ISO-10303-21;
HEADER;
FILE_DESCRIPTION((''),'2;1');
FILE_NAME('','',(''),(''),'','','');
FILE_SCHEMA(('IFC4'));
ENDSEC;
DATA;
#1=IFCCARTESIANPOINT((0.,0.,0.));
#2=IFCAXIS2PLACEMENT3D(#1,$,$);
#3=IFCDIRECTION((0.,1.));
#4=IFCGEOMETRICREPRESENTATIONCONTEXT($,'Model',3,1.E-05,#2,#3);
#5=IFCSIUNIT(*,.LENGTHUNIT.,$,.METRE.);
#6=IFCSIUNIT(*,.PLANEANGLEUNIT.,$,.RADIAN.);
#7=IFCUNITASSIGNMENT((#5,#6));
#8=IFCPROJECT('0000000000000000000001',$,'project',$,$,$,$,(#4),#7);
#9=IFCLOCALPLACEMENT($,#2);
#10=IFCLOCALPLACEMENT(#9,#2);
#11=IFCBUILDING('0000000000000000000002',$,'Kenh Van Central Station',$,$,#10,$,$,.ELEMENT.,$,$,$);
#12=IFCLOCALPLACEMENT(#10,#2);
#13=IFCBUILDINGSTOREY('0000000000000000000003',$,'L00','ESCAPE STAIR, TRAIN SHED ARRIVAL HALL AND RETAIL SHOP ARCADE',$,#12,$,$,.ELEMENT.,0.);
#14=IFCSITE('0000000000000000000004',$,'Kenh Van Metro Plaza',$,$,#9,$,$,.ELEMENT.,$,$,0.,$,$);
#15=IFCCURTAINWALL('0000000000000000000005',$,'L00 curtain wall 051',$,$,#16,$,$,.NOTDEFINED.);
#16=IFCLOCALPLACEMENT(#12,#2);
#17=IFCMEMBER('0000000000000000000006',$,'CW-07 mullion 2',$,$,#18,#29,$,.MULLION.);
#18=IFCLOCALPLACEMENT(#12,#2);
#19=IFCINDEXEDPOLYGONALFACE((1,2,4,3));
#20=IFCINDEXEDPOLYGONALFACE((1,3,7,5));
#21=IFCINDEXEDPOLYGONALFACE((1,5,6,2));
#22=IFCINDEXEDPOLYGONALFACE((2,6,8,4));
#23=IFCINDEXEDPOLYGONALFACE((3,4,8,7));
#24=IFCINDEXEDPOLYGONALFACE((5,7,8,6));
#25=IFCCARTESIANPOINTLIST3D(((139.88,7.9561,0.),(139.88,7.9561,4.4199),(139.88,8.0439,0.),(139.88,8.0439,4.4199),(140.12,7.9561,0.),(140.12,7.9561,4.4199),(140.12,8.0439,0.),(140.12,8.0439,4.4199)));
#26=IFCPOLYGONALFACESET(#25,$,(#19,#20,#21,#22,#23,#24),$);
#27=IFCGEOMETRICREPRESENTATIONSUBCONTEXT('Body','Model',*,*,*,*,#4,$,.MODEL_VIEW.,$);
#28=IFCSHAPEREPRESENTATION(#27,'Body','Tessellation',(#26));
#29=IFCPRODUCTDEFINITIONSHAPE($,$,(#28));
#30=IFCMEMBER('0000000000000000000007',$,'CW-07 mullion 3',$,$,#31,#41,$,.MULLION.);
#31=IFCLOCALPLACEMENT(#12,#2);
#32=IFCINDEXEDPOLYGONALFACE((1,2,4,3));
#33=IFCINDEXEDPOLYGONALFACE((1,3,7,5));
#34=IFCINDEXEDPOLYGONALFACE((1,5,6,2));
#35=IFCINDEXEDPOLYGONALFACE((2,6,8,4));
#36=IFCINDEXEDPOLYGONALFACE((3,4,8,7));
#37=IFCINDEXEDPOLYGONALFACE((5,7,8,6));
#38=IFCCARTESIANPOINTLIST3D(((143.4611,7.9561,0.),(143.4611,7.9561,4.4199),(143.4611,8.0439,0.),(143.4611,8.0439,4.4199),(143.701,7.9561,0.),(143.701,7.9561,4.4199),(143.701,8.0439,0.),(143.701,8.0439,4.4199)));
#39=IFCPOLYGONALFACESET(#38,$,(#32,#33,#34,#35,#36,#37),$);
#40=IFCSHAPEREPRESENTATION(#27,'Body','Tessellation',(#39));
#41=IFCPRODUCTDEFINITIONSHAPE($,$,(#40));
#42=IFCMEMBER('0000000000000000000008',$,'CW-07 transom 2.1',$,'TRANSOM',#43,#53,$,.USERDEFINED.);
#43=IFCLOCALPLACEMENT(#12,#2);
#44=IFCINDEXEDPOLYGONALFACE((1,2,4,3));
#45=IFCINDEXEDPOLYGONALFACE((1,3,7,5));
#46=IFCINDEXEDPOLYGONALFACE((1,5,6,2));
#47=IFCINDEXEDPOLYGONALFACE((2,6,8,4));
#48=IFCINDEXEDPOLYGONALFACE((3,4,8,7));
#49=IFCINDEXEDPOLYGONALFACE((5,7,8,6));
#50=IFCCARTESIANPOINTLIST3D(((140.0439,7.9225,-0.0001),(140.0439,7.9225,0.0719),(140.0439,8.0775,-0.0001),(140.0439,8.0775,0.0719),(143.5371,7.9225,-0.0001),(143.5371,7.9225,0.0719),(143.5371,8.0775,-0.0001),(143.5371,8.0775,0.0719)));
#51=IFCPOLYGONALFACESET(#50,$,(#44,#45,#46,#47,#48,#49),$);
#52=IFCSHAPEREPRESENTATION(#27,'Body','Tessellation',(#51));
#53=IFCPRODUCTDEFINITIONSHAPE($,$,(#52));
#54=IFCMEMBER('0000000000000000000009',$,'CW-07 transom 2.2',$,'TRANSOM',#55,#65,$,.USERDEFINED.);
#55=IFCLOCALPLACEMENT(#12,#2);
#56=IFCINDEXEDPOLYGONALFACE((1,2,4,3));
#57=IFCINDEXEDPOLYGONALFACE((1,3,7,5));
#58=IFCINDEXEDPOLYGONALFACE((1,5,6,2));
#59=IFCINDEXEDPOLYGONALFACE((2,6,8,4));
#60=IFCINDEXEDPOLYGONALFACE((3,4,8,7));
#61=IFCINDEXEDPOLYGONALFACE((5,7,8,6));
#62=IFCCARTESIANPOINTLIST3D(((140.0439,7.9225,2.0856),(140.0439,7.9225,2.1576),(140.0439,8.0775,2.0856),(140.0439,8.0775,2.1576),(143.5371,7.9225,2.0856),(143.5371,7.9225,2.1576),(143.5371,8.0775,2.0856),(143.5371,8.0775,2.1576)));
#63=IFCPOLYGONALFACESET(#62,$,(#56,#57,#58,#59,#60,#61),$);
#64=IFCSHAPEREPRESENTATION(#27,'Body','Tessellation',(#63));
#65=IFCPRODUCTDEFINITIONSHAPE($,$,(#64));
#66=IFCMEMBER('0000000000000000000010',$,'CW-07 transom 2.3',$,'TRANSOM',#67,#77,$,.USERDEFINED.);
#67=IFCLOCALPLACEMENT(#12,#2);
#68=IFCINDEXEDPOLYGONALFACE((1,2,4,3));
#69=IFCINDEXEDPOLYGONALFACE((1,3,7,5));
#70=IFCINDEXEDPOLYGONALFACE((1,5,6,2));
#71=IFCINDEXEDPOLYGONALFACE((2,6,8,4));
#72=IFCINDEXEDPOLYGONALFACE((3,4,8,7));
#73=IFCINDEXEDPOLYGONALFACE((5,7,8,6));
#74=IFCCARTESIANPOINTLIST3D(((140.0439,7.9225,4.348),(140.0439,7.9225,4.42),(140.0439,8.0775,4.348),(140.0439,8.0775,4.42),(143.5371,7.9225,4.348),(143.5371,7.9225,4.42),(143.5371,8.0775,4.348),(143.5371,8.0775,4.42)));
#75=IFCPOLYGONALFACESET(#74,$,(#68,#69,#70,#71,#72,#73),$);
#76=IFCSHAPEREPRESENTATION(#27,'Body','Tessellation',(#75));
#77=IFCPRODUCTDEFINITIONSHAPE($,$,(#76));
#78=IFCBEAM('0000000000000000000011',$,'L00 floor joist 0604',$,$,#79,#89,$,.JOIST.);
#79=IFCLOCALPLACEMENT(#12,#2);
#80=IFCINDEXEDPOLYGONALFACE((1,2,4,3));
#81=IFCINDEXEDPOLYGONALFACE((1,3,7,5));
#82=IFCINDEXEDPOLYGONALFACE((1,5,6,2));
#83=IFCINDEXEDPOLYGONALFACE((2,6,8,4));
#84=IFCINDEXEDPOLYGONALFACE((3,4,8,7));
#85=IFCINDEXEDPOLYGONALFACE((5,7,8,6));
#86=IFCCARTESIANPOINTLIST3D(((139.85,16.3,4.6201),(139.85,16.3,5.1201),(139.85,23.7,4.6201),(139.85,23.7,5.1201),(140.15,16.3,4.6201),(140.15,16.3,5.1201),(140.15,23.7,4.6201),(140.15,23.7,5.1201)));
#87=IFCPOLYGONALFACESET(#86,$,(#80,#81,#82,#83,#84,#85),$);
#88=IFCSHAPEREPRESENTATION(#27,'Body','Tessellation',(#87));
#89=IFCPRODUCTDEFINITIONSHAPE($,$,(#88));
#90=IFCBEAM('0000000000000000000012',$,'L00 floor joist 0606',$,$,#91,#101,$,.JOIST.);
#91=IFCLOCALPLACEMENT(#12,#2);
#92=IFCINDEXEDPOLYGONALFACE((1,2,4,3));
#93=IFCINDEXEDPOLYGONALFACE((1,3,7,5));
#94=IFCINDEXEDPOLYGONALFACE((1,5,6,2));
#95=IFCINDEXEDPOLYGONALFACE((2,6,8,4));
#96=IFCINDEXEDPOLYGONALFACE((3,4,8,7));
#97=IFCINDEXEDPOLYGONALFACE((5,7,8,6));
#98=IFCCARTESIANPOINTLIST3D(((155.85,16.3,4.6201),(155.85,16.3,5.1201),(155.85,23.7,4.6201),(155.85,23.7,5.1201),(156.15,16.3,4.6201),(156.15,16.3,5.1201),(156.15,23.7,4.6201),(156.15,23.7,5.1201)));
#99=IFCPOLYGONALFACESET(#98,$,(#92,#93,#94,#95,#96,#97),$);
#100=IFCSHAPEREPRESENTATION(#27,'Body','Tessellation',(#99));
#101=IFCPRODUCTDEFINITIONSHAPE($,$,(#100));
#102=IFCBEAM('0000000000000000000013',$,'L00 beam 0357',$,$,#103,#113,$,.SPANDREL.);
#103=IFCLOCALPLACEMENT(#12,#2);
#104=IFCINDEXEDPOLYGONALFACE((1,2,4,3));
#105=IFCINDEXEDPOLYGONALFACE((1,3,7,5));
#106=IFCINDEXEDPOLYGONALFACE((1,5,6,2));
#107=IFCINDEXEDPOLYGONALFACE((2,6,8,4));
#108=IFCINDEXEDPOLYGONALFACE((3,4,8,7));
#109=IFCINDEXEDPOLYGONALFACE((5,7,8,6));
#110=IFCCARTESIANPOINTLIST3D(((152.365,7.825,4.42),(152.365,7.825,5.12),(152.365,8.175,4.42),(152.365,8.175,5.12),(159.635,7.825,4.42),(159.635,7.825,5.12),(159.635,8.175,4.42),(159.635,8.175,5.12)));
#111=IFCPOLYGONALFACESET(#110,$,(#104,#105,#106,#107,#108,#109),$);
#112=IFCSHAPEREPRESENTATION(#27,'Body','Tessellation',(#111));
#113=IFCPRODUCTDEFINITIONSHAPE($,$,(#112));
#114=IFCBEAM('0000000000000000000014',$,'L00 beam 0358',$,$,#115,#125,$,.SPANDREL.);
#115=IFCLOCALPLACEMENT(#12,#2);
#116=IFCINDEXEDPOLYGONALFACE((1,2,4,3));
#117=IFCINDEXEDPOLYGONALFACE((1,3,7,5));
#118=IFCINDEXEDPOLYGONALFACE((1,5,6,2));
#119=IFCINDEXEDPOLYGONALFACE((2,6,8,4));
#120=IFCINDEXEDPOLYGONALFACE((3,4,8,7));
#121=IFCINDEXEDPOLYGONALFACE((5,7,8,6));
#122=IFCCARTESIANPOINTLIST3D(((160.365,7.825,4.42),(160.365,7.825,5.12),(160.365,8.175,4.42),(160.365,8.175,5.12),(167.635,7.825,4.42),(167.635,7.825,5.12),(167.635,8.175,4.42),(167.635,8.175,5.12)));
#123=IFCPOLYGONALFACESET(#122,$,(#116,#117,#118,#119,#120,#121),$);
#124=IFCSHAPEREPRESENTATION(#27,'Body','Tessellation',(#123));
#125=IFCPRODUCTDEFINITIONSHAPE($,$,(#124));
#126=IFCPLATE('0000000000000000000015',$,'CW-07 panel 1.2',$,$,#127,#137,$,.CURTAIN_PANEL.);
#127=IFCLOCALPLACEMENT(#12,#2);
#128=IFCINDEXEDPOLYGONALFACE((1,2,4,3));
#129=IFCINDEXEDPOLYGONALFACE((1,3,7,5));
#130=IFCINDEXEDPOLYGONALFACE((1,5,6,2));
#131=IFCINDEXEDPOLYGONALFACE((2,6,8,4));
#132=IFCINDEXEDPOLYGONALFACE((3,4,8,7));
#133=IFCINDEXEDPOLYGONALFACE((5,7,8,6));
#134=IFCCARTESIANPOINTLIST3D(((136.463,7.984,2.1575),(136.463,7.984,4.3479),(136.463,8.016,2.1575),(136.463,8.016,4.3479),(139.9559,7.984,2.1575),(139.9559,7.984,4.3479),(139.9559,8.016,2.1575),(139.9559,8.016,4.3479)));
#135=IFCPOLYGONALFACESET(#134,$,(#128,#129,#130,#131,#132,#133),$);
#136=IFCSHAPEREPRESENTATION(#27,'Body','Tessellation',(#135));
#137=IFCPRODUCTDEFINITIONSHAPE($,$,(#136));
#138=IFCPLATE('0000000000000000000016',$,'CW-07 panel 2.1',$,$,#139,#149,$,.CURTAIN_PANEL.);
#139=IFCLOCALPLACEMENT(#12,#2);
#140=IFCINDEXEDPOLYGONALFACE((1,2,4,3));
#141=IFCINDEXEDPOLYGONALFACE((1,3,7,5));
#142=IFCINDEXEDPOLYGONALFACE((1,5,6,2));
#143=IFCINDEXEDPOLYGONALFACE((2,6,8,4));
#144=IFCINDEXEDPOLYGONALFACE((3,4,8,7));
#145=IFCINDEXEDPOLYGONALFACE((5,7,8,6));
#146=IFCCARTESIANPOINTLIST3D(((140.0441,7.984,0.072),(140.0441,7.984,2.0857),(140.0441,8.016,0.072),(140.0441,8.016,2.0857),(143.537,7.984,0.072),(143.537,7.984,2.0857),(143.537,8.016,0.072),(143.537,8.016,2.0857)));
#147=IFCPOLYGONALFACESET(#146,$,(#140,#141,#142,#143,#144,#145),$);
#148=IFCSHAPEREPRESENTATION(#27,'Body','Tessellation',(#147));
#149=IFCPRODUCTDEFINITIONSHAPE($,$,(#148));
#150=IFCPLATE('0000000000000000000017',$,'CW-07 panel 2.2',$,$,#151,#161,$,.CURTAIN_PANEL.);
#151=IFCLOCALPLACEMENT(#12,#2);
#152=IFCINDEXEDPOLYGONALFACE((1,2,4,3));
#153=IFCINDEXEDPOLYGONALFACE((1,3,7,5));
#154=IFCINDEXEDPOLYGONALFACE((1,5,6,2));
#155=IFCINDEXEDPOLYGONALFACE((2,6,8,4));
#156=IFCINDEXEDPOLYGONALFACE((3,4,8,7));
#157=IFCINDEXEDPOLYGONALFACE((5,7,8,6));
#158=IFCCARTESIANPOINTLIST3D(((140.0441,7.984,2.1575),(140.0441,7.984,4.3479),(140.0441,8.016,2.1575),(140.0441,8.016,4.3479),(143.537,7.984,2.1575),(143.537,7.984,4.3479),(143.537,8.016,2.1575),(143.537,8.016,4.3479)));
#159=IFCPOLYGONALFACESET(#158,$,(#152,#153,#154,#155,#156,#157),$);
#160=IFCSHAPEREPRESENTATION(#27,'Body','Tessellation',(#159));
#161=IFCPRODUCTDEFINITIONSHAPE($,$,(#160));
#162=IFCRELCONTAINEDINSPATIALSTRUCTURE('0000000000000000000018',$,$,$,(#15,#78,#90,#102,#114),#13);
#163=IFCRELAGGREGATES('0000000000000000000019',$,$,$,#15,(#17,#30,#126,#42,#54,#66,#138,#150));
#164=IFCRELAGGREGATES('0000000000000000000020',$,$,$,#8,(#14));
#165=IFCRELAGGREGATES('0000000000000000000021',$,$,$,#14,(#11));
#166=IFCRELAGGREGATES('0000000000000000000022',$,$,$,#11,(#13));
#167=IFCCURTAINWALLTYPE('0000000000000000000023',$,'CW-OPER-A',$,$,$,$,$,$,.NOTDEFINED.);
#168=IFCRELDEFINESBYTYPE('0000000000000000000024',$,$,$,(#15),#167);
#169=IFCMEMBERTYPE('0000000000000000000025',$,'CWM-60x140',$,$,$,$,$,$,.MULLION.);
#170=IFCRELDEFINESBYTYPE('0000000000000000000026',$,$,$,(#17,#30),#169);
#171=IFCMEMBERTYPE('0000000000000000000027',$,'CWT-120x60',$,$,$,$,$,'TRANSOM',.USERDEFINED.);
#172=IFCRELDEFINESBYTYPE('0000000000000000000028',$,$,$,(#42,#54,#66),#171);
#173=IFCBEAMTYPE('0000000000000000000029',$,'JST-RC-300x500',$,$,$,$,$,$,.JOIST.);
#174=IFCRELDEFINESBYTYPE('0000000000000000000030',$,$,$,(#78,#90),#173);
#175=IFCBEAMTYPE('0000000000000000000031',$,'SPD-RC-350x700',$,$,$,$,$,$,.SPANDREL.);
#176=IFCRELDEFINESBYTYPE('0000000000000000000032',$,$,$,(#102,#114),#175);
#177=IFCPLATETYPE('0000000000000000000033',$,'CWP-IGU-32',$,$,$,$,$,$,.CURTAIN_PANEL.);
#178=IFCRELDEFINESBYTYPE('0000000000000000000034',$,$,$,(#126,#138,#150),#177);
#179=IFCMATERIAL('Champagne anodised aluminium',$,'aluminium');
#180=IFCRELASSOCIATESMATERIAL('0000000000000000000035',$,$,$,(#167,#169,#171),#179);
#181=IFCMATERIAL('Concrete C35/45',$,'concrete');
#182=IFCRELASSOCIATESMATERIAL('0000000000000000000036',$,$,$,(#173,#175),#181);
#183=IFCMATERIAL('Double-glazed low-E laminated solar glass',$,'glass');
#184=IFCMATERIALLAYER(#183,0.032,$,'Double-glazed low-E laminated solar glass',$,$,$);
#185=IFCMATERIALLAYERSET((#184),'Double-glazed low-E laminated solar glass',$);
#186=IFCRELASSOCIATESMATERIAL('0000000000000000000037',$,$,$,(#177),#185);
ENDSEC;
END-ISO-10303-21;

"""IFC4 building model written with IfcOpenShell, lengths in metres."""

from ifc_helpers import new_model, si_unit, direction, frame, origin, origin_2d, place, context, subcontext, project, spatial, rectangle, extrude, material, layer, layer_set, material_profile, profile_set, type_object, element, aggregate, save


model = new_model("IFC4")

# Units and contexts
model_context = context("Model", 3, precision=1e-05, world=origin(), true_north=direction((0.0, 1.0)))
body_context = subcontext(model_context, "Body", "Model", "MODEL_VIEW")
ifc_project = project(units=[si_unit("LENGTHUNIT", "METRE"), si_unit("PLANEANGLEUNIT", "RADIAN")], contexts=[model_context])

# Site, building, storey
site_placement = place(None, origin())
site = spatial("IfcSite", under=ifc_project, at=site_placement, Name="Kenh Van Metro Plaza", CompositionType="ELEMENT", RefElevation=0.0)
building_placement = place(site_placement, origin())
building = spatial("IfcBuilding", under=site, at=building_placement, Name="Kenh Van Central Station", CompositionType="ELEMENT")
storey_placement = place(building_placement, origin())
storey = spatial("IfcBuildingStorey", under=building, at=storey_placement, Name="L00", Description="ESCAPE STAIR, TRAIN SHED ARRIVAL HALL AND RETAIL SHOP ARCADE", CompositionType="ELEMENT", Elevation=0.0)

# Shared definitions
ifc_material_1 = material(Name="Concrete C35/45", Category="concrete")

# Curtain wall, members
ifc_material_2 = material(Name="Champagne anodised aluminium", Category="aluminium")
curtain_wall_type = type_object("IfcCurtainWallType", Name="CW-OPER-A", PredefinedType="NOTDEFINED", material=ifc_material_2)
curtain_wall_placement = place(storey_placement, origin())
curtain_wall = element("IfcCurtainWall", 1, at=curtain_wall_placement, inside=storey, type_object=curtain_wall_type, Name="L00 curtain wall 051", PredefinedType="NOTDEFINED")
ifc_material_profile_1 = material_profile(ifc_material_2, rectangle(XDim=0.0879, YDim=0.24, at=origin_2d()), Name="AL 88x240")
ifc_profile_set_1 = profile_set([ifc_material_profile_1], Name="Champagne anodised aluminium")
member_type_1 = type_object("IfcMemberType", Name="CWM-60x140", PredefinedType="MULLION", material=ifc_profile_set_1)
member_1_placement = place(storey_placement, frame((140.0, 8.0, 0.0), z_axis=(0.0, 0.0, 1.0), x_axis=(0.0, 1.0, 0.0)))
member_1 = element("IfcMember", 2, at=member_1_placement, type_object=member_type_1, Name="CW-07 mullion 2", PredefinedType="MULLION", context=body_context, shape_type="SweptSolid", body=[
    extrude(rectangle(XDim=0.0879, YDim=0.24, at=origin_2d()), origin(), (0.0, 0.0, 1.0), 4.4199),
])
member_2_placement = place(storey_placement, frame((143.5811, 8.0, 0.0), z_axis=(0.0, 0.0, 1.0), x_axis=(0.0, 1.0, 0.0)))
member_2 = element("IfcMember", 3, at=member_2_placement, type_object=member_type_1, Name="CW-07 mullion 3", PredefinedType="MULLION", context=body_context, shape_type="SweptSolid", body=[
    extrude(rectangle(XDim=0.0879, YDim=0.24, at=origin_2d()), origin(), (0.0, 0.0, 1.0), 4.4199),
])
ifc_material_profile_2 = material_profile(ifc_material_2, rectangle(XDim=0.155, YDim=0.072, at=origin_2d()), Name="AL 155x72")
ifc_profile_set_2 = profile_set([ifc_material_profile_2], Name="Champagne anodised aluminium")
member_type_2 = type_object("IfcMemberType", Name="CWT-120x60", ElementType="TRANSOM", PredefinedType="USERDEFINED", material=ifc_profile_set_2)
member_3_placement = place(storey_placement, frame((140.0439, 8.0, 0.0359), z_axis=(1.0, 0.0, 0.0), x_axis=(0.0, 1.0, 0.0)))
member_3 = element("IfcMember", 4, at=member_3_placement, type_object=member_type_2, Name="CW-07 transom 2.1", ObjectType="TRANSOM", PredefinedType="USERDEFINED", context=body_context, shape_type="SweptSolid", body=[
    extrude(rectangle(XDim=0.155, YDim=0.072, at=origin_2d()), origin(), (0.0, 0.0, 1.0), 3.4932),
])
member_4_placement = place(storey_placement, frame((140.0439, 8.0, 2.1216), z_axis=(1.0, 0.0, 0.0), x_axis=(0.0, 1.0, 0.0)))
member_4 = element("IfcMember", 5, at=member_4_placement, type_object=member_type_2, Name="CW-07 transom 2.2", ObjectType="TRANSOM", PredefinedType="USERDEFINED", context=body_context, shape_type="SweptSolid", body=[
    extrude(rectangle(XDim=0.155, YDim=0.072, at=origin_2d()), origin(), (0.0, 0.0, 1.0), 3.4932),
])
member_5_placement = place(storey_placement, frame((140.0439, 8.0, 4.384), z_axis=(1.0, 0.0, 0.0), x_axis=(0.0, 1.0, 0.0)))
member_5 = element("IfcMember", 6, at=member_5_placement, type_object=member_type_2, Name="CW-07 transom 2.3", ObjectType="TRANSOM", PredefinedType="USERDEFINED", context=body_context, shape_type="SweptSolid", body=[
    extrude(rectangle(XDim=0.155, YDim=0.072, at=origin_2d()), origin(), (0.0, 0.0, 1.0), 3.4932),
])

# Beams
ifc_material_profile_3 = material_profile(ifc_material_1, rectangle(XDim=0.3, YDim=0.5, at=origin_2d()), Name="RC 300x500")
ifc_profile_set_3 = profile_set([ifc_material_profile_3], Name="Concrete C35/45")
beam_type_1 = type_object("IfcBeamType", Name="JST-RC-300x500", PredefinedType="JOIST", material=ifc_profile_set_3)
for number, where, z_axis, x_axis, name in (
    (7, (140.0, 16.3, 4.8701), (0.0, 1.0, 0.0), (-1.0, 0.0, 0.0), "L00 floor joist 0604"),
    (8, (156.0, 16.3, 4.8701), (0.0, 1.0, 0.0), (-1.0, 0.0, 0.0), "L00 floor joist 0606"),
):
    element("IfcBeam", number, at=place(storey_placement, frame(where, z_axis=z_axis, x_axis=x_axis)), inside=storey, type_object=beam_type_1, Name=name, PredefinedType="JOIST", context=body_context, shape_type="SweptSolid", body=[
        extrude(rectangle(XDim=0.3, YDim=0.5, at=origin_2d()), origin(), (0.0, 0.0, 1.0), 7.3999),
    ])
ifc_material_profile_4 = material_profile(ifc_material_1, rectangle(XDim=0.3501, YDim=0.7, at=origin_2d()), Name="RC 350x700")
ifc_profile_set_4 = profile_set([ifc_material_profile_4], Name="Concrete C35/45")
beam_type_2 = type_object("IfcBeamType", Name="SPD-RC-350x700", PredefinedType="SPANDREL", material=ifc_profile_set_4)
for number, where, z_axis, x_axis, name in (
    (9, (152.365, 8.0, 4.77), (1.0, 0.0, 0.0), (0.0, 1.0, 0.0), "L00 beam 0357"),
    (10, (160.365, 8.0, 4.77), (1.0, 0.0, 0.0), (0.0, 1.0, 0.0), "L00 beam 0358"),
):
    element("IfcBeam", number, at=place(storey_placement, frame(where, z_axis=z_axis, x_axis=x_axis)), inside=storey, type_object=beam_type_2, Name=name, PredefinedType="SPANDREL", context=body_context, shape_type="SweptSolid", body=[
        extrude(rectangle(XDim=0.3501, YDim=0.7, at=origin_2d()), origin(), (0.0, 0.0, 1.0), 7.27),
    ])

# Plates
ifc_material_3 = material(Name="Double-glazed low-E laminated solar glass", Category="glass")
ifc_layer_1 = layer(ifc_material_3, 0.032, Name="Double-glazed low-E laminated solar glass")
ifc_layer_set_1 = layer_set([ifc_layer_1], Name="Double-glazed low-E laminated solar glass")
plate_type = type_object("IfcPlateType", Name="CWP-IGU-32", PredefinedType="CURTAIN_PANEL", material=ifc_layer_set_1)
plate_1_placement = place(storey_placement, frame((138.2095, 8.0, 2.1575), z_axis=(0.0, 0.0, 1.0), x_axis=(1.0, 0.0, 0.0)))
plate_1 = element("IfcPlate", 11, at=plate_1_placement, type_object=plate_type, Name="CW-07 panel 1.2", PredefinedType="CURTAIN_PANEL", context=body_context, shape_type="SweptSolid", body=[
    extrude(rectangle(XDim=3.4929, YDim=0.032, at=origin_2d()), origin(), (0.0, 0.0, 1.0), 2.1904),
])
plate_2_placement = place(storey_placement, frame((141.7905, 8.0, 0.072), z_axis=(0.0, 0.0, 1.0), x_axis=(1.0, 0.0, 0.0)))
plate_2 = element("IfcPlate", 12, at=plate_2_placement, type_object=plate_type, Name="CW-07 panel 2.1", PredefinedType="CURTAIN_PANEL", context=body_context, shape_type="SweptSolid", body=[
    extrude(rectangle(XDim=3.4929, YDim=0.032, at=origin_2d()), origin(), (0.0, 0.0, 1.0), 2.0137),
])
plate_3_placement = place(storey_placement, frame((141.7905, 8.0, 2.1575), z_axis=(0.0, 0.0, 1.0), x_axis=(1.0, 0.0, 0.0)))
plate_3 = element("IfcPlate", 13, at=plate_3_placement, type_object=plate_type, Name="CW-07 panel 2.2", PredefinedType="CURTAIN_PANEL", context=body_context, shape_type="SweptSolid", body=[
    extrude(rectangle(XDim=3.4929, YDim=0.032, at=origin_2d()), origin(), (0.0, 0.0, 1.0), 2.1904),
])
aggregate(curtain_wall, [member_1, member_2, plate_1, member_3, member_4, member_5, plate_2, plate_3])

save(model, "model.ifc")
